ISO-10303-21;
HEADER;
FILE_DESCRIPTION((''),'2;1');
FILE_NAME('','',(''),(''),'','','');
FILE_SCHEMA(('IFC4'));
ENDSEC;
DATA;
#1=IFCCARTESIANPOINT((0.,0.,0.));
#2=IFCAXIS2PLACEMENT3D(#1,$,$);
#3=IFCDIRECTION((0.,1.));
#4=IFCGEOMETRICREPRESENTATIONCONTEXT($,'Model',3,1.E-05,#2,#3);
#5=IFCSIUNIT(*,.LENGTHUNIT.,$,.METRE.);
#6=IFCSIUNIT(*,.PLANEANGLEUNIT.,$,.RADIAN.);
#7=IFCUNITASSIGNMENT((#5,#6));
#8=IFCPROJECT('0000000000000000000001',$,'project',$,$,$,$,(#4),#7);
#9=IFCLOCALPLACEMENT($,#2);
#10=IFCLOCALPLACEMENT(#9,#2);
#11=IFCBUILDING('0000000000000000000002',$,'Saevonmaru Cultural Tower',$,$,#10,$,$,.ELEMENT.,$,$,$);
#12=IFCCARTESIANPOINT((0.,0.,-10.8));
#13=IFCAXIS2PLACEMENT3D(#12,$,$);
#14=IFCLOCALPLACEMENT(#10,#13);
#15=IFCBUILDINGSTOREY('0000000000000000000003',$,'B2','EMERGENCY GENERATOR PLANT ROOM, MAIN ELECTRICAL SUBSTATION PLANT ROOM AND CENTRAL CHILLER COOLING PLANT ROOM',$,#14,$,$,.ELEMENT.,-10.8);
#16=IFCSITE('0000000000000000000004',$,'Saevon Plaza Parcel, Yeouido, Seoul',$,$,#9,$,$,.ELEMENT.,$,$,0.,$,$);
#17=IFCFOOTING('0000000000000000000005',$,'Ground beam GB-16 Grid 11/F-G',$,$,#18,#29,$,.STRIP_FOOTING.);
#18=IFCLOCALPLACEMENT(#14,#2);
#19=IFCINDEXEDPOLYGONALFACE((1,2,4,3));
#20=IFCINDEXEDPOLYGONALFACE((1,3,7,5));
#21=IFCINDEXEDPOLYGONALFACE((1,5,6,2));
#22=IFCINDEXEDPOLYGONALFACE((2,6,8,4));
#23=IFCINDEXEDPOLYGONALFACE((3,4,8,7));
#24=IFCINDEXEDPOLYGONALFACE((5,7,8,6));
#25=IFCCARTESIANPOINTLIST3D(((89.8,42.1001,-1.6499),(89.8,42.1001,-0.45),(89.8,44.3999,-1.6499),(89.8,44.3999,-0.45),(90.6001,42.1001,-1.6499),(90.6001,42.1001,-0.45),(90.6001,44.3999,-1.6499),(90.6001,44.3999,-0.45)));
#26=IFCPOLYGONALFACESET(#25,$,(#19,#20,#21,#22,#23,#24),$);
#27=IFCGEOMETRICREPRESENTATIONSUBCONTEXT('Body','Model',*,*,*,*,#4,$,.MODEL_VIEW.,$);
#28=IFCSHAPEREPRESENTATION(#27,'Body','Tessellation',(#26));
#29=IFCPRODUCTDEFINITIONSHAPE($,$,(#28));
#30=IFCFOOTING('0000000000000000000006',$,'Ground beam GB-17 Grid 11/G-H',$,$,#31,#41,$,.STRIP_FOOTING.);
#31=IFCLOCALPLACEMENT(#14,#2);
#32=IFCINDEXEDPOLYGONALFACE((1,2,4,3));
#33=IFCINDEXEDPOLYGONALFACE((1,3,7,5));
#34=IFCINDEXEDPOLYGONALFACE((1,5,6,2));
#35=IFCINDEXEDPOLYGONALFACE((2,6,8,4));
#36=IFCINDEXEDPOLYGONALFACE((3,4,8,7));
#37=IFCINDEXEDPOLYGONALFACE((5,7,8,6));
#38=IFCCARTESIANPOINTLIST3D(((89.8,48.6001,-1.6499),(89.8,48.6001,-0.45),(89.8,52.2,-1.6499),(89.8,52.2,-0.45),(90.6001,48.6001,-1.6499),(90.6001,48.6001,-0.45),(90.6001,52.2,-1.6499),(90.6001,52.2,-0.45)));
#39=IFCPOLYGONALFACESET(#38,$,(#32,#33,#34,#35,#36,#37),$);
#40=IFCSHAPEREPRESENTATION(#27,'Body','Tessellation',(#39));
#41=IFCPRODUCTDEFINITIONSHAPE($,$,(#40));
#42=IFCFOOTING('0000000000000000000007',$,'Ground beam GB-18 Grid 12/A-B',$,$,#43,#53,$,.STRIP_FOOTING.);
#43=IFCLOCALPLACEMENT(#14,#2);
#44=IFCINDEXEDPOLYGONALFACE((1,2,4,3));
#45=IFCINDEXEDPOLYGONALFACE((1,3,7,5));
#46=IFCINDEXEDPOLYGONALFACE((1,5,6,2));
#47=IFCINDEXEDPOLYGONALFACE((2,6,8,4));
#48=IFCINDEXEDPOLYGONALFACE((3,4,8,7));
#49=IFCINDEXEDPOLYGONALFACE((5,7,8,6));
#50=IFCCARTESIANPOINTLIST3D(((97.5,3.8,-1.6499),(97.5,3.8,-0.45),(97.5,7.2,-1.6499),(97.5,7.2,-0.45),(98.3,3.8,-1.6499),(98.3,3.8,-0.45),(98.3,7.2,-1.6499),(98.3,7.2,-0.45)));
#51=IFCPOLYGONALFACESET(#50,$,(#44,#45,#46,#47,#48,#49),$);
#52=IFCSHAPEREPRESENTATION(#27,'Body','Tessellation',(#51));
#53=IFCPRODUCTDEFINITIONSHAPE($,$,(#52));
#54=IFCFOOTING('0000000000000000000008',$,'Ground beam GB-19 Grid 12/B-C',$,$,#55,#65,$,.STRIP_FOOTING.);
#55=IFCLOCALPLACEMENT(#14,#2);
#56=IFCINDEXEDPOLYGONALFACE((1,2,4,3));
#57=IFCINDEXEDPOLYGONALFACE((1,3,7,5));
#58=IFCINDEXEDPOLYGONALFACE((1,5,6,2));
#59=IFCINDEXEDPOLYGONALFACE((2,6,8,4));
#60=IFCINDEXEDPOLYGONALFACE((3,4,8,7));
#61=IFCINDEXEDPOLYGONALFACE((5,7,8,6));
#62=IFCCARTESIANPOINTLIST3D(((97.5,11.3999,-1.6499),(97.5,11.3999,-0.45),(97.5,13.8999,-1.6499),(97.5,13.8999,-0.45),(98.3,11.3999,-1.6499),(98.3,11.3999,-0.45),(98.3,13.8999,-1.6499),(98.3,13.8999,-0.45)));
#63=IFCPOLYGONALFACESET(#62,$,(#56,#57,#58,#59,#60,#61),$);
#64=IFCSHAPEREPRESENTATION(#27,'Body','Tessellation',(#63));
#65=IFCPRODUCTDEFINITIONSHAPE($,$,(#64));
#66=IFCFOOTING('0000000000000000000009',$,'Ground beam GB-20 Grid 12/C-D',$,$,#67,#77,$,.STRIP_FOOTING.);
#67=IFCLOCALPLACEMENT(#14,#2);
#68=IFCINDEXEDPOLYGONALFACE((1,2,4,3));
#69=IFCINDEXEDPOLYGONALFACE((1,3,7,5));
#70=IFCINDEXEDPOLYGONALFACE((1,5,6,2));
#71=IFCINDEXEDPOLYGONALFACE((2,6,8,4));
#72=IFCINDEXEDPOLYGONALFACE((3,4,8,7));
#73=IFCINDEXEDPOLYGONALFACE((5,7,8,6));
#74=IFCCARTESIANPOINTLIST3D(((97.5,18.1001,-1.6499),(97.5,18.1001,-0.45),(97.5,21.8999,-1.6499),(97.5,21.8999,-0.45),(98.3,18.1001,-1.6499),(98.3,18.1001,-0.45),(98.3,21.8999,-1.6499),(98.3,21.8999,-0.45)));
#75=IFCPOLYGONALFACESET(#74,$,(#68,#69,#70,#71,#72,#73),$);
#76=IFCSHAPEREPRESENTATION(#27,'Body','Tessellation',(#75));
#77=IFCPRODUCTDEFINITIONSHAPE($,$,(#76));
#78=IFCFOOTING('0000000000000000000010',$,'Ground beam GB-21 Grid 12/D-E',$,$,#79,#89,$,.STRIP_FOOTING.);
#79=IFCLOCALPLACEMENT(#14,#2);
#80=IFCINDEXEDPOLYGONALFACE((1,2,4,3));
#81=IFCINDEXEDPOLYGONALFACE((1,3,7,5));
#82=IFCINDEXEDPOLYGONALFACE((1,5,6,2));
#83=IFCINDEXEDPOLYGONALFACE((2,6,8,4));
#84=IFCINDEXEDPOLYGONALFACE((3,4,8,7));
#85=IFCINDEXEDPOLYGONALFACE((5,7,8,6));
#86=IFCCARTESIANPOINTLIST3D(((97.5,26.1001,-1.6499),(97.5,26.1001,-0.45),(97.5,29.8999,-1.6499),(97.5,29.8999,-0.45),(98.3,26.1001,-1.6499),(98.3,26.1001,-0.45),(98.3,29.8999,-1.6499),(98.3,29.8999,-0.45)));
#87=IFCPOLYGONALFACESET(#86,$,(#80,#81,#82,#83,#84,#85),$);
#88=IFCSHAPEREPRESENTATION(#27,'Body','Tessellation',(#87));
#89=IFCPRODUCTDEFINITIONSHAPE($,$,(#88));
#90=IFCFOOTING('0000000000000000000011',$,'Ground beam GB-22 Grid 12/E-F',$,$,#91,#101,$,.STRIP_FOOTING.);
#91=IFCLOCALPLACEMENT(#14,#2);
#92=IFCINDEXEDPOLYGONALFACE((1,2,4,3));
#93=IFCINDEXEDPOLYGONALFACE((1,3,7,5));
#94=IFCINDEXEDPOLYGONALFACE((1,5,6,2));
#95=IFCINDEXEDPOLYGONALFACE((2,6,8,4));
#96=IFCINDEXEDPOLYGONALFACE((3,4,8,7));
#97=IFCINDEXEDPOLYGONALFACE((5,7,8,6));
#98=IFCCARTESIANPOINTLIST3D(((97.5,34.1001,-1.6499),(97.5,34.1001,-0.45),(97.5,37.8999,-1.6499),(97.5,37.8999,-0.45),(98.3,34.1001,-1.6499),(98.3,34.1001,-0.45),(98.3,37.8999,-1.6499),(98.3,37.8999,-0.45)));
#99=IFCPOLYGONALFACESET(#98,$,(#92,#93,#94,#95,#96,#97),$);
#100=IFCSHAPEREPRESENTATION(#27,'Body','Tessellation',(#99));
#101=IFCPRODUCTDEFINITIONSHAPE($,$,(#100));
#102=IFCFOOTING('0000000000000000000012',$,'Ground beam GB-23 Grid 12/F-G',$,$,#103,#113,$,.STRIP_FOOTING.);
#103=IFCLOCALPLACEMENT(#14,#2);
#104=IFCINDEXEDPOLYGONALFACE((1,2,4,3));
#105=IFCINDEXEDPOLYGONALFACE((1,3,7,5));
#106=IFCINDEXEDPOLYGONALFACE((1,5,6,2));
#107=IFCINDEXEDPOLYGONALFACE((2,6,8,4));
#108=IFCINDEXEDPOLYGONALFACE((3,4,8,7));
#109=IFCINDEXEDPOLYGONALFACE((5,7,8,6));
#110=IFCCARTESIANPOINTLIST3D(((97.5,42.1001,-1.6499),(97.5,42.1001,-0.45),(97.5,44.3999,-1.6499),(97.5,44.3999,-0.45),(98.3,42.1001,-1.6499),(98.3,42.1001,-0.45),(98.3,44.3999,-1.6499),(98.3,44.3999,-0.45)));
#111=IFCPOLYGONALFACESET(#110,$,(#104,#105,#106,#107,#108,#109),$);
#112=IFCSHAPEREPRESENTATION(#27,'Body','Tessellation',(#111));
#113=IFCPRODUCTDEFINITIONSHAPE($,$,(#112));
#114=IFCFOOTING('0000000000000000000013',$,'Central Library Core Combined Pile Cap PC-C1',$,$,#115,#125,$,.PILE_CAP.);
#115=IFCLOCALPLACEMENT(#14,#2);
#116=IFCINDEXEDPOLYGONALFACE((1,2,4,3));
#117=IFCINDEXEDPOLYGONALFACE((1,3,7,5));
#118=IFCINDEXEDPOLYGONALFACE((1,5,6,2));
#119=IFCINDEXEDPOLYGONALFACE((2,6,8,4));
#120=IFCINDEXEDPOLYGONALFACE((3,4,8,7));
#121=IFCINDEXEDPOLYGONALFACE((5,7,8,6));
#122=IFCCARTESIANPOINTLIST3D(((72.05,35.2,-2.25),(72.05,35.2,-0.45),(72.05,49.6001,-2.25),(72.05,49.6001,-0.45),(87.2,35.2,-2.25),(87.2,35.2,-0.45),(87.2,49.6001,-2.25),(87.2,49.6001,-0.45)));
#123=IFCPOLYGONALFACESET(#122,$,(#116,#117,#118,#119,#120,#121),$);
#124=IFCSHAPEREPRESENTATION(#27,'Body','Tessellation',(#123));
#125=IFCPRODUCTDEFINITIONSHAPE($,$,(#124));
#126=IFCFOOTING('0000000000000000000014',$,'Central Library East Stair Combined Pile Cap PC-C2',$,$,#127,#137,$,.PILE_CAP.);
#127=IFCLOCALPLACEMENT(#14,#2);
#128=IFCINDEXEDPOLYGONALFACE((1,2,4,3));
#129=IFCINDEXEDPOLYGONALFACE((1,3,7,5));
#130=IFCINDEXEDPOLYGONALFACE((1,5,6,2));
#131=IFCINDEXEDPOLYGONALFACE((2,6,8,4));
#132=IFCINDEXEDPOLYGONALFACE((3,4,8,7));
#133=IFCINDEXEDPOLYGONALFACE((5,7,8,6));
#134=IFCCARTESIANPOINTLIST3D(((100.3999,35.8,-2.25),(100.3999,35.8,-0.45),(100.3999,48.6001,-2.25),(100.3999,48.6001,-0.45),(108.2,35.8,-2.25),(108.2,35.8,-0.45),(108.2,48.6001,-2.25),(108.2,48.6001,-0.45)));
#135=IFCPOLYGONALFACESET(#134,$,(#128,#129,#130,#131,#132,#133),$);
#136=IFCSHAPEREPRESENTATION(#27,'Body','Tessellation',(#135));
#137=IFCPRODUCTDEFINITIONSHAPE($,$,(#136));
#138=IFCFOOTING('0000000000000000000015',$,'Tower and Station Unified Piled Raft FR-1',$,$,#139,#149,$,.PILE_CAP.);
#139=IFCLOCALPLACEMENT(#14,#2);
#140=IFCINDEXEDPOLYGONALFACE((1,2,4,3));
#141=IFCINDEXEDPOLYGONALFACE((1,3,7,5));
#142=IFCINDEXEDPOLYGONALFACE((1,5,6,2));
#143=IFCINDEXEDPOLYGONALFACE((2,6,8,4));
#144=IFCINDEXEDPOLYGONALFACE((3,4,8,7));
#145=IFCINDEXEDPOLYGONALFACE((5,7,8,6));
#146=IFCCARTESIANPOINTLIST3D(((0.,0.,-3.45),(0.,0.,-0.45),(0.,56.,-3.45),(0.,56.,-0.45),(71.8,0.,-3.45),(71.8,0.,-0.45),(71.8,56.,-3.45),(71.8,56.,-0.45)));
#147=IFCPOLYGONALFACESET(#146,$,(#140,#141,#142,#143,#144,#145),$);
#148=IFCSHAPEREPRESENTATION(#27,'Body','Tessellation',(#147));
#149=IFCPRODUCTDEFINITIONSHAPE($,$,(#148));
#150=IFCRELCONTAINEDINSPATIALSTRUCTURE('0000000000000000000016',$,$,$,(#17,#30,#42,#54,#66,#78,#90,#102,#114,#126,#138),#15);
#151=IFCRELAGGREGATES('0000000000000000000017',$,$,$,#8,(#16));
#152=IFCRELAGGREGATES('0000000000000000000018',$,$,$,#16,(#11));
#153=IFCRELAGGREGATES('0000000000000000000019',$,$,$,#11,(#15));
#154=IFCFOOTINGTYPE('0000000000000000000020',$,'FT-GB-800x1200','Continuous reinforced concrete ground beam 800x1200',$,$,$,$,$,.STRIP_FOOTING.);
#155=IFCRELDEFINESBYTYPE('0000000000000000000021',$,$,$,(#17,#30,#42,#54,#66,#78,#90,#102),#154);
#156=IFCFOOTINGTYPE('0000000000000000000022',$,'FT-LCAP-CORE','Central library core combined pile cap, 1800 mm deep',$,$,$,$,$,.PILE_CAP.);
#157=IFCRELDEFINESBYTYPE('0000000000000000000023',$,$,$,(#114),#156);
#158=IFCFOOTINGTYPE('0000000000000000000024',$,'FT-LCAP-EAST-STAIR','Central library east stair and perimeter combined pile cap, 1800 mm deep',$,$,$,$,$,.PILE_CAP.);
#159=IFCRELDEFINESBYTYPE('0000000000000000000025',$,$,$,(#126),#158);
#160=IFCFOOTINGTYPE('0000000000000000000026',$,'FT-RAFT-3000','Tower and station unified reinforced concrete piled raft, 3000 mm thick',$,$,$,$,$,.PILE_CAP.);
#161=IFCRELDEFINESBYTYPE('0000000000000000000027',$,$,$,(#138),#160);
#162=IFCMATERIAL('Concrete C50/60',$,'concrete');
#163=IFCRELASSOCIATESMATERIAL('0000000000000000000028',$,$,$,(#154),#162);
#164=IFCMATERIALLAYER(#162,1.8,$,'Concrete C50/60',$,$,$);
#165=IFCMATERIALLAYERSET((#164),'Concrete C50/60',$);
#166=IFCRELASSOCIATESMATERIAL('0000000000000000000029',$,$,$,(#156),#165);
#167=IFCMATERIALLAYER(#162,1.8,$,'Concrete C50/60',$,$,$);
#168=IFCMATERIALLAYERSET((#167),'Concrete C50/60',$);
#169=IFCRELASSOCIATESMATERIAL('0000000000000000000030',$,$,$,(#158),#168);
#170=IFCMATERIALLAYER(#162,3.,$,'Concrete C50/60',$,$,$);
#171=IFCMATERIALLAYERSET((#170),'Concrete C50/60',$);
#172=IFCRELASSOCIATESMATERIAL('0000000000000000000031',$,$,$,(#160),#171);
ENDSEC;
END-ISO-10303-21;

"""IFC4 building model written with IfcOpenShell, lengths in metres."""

from ifc_helpers import new_model, si_unit, direction, frame, origin, place, context, subcontext, project, spatial, polyline, outline, extrude, material, layer, layer_set, type_object, element, save


model = new_model("IFC4")

# Units and contexts
model_context = context("Model", 3, precision=1e-05, world=origin(), true_north=direction((0.0, 1.0)))
body_context = subcontext(model_context, "Body", "Model", "MODEL_VIEW")
ifc_project = project(units=[si_unit("LENGTHUNIT", "METRE"), si_unit("PLANEANGLEUNIT", "RADIAN")], contexts=[model_context])

# Site, building, storey
site_placement = place(None, origin())
site = spatial("IfcSite", under=ifc_project, at=site_placement, Name="Saevon Plaza Parcel, Yeouido, Seoul", CompositionType="ELEMENT", RefElevation=0.0)
building_placement = place(site_placement, origin())
building = spatial("IfcBuilding", under=site, at=building_placement, Name="Saevonmaru Cultural Tower", CompositionType="ELEMENT")
storey_placement = place(building_placement, frame((0.0, 0.0, -10.8)))
storey = spatial("IfcBuildingStorey", under=building, at=storey_placement, Name="B2", Description="EMERGENCY GENERATOR PLANT ROOM, MAIN ELECTRICAL SUBSTATION PLANT ROOM AND CENTRAL CHILLER COOLING PLANT ROOM", CompositionType="ELEMENT", Elevation=-10.8)

# Footings
ifc_material = material(Name="Concrete C50/60", Category="concrete")
footing_type_1 = type_object("IfcFootingType", Name="FT-GB-800x1200", Description="Continuous reinforced concrete ground beam 800x1200", PredefinedType="STRIP_FOOTING", material=ifc_material)
footing_1_placement = place(storey_placement, frame((0.0, 0.0, -1.6499)))
element("IfcFooting", 1, at=footing_1_placement, inside=storey, type_object=footing_type_1, Name="Ground beam GB-16 Grid 11/F-G", PredefinedType="STRIP_FOOTING", context=body_context, shape_type="SweptSolid", body=[
    extrude(outline(polyline([(89.8, 42.1001), (90.6001, 42.1001), (90.6001, 44.3999), (89.8, 44.3999), (89.8, 42.1001)])), origin(), (0.0, 0.0, 1.0), 1.2),
])
footing_2_placement = place(storey_placement, frame((0.0, 0.0, -1.6499)))
element("IfcFooting", 2, at=footing_2_placement, inside=storey, type_object=footing_type_1, Name="Ground beam GB-17 Grid 11/G-H", PredefinedType="STRIP_FOOTING", context=body_context, shape_type="SweptSolid", body=[
    extrude(outline(polyline([(89.8, 48.6001), (90.6001, 48.6001), (90.6001, 52.2), (89.8, 52.2), (89.8, 48.6001)])), origin(), (0.0, 0.0, 1.0), 1.2),
])
footing_3_placement = place(storey_placement, frame((0.0, 0.0, -1.6499)))
element("IfcFooting", 3, at=footing_3_placement, inside=storey, type_object=footing_type_1, Name="Ground beam GB-18 Grid 12/A-B", PredefinedType="STRIP_FOOTING", context=body_context, shape_type="SweptSolid", body=[
    extrude(outline(polyline([(97.5, 3.8), (98.3, 3.8), (98.3, 7.2), (97.5, 7.2), (97.5, 3.8)])), origin(), (0.0, 0.0, 1.0), 1.2),
])
footing_4_placement = place(storey_placement, frame((0.0, 0.0, -1.6499)))
element("IfcFooting", 4, at=footing_4_placement, inside=storey, type_object=footing_type_1, Name="Ground beam GB-19 Grid 12/B-C", PredefinedType="STRIP_FOOTING", context=body_context, shape_type="SweptSolid", body=[
    extrude(outline(polyline([(97.5, 11.3999), (98.3, 11.3999), (98.3, 13.8999), (97.5, 13.8999), (97.5, 11.3999)])), origin(), (0.0, 0.0, 1.0), 1.2),
])
footing_5_placement = place(storey_placement, frame((0.0, 0.0, -1.6499)))
element("IfcFooting", 5, at=footing_5_placement, inside=storey, type_object=footing_type_1, Name="Ground beam GB-20 Grid 12/C-D", PredefinedType="STRIP_FOOTING", context=body_context, shape_type="SweptSolid", body=[
    extrude(outline(polyline([(97.5, 18.1001), (98.3, 18.1001), (98.3, 21.8999), (97.5, 21.8999), (97.5, 18.1001)])), origin(), (0.0, 0.0, 1.0), 1.2),
])
footing_6_placement = place(storey_placement, frame((0.0, 0.0, -1.6499)))
element("IfcFooting", 6, at=footing_6_placement, inside=storey, type_object=footing_type_1, Name="Ground beam GB-21 Grid 12/D-E", PredefinedType="STRIP_FOOTING", context=body_context, shape_type="SweptSolid", body=[
    extrude(outline(polyline([(97.5, 26.1001), (98.3, 26.1001), (98.3, 29.8999), (97.5, 29.8999), (97.5, 26.1001)])), origin(), (0.0, 0.0, 1.0), 1.2),
])
footing_7_placement = place(storey_placement, frame((0.0, 0.0, -1.6499)))
element("IfcFooting", 7, at=footing_7_placement, inside=storey, type_object=footing_type_1, Name="Ground beam GB-22 Grid 12/E-F", PredefinedType="STRIP_FOOTING", context=body_context, shape_type="SweptSolid", body=[
    extrude(outline(polyline([(97.5, 34.1001), (98.3, 34.1001), (98.3, 37.8999), (97.5, 37.8999), (97.5, 34.1001)])), origin(), (0.0, 0.0, 1.0), 1.2),
])
footing_8_placement = place(storey_placement, frame((0.0, 0.0, -1.6499)))
element("IfcFooting", 8, at=footing_8_placement, inside=storey, type_object=footing_type_1, Name="Ground beam GB-23 Grid 12/F-G", PredefinedType="STRIP_FOOTING", context=body_context, shape_type="SweptSolid", body=[
    extrude(outline(polyline([(97.5, 42.1001), (98.3, 42.1001), (98.3, 44.3999), (97.5, 44.3999), (97.5, 42.1001)])), origin(), (0.0, 0.0, 1.0), 1.2),
])
ifc_layer_1 = layer(ifc_material, 1.8, Name="Concrete C50/60")
ifc_layer_set_1 = layer_set([ifc_layer_1], Name="Concrete C50/60")
footing_type_2 = type_object("IfcFootingType", Name="FT-LCAP-CORE", Description="Central library core combined pile cap, 1800 mm deep", PredefinedType="PILE_CAP", material=ifc_layer_set_1)
footing_9_placement = place(storey_placement, frame((0.0, 0.0, -2.25)))
element("IfcFooting", 9, at=footing_9_placement, inside=storey, type_object=footing_type_2, Name="Central Library Core Combined Pile Cap PC-C1", PredefinedType="PILE_CAP", context=body_context, shape_type="SweptSolid", body=[
    extrude(outline(polyline([(72.05, 35.2), (87.2, 35.2), (87.2, 49.6001), (72.05, 49.6001), (72.05, 35.2)])), origin(), (0.0, 0.0, 1.0), 1.8),
])
ifc_layer_2 = layer(ifc_material, 1.8, Name="Concrete C50/60")
ifc_layer_set_2 = layer_set([ifc_layer_2], Name="Concrete C50/60")
footing_type_3 = type_object("IfcFootingType", Name="FT-LCAP-EAST-STAIR", Description="Central library east stair and perimeter combined pile cap, 1800 mm deep", PredefinedType="PILE_CAP", material=ifc_layer_set_2)
footing_10_placement = place(storey_placement, frame((0.0, 0.0, -2.25)))
element("IfcFooting", 10, at=footing_10_placement, inside=storey, type_object=footing_type_3, Name="Central Library East Stair Combined Pile Cap PC-C2", PredefinedType="PILE_CAP", context=body_context, shape_type="SweptSolid", body=[
    extrude(outline(polyline([(100.3999, 35.8), (108.2, 35.8), (108.2, 48.6001), (100.3999, 48.6001), (100.3999, 35.8)])), origin(), (0.0, 0.0, 1.0), 1.8),
])
ifc_layer_3 = layer(ifc_material, 3.0, Name="Concrete C50/60")
ifc_layer_set_3 = layer_set([ifc_layer_3], Name="Concrete C50/60")
footing_type_4 = type_object("IfcFootingType", Name="FT-RAFT-3000", Description="Tower and station unified reinforced concrete piled raft, 3000 mm thick", PredefinedType="PILE_CAP", material=ifc_layer_set_3)
footing_11_placement = place(storey_placement, frame((0.0, 0.0, -3.45)))
element("IfcFooting", 11, at=footing_11_placement, inside=storey, type_object=footing_type_4, Name="Tower and Station Unified Piled Raft FR-1", PredefinedType="PILE_CAP", context=body_context, shape_type="SweptSolid", body=[
    extrude(outline(polyline([(0.0, 0.0), (71.8, 0.0), (71.8, 56.0), (0.0, 56.0), (0.0, 0.0)])), origin(), (0.0, 0.0, 1.0), 3.0),
])

save(model, "model.ifc")
